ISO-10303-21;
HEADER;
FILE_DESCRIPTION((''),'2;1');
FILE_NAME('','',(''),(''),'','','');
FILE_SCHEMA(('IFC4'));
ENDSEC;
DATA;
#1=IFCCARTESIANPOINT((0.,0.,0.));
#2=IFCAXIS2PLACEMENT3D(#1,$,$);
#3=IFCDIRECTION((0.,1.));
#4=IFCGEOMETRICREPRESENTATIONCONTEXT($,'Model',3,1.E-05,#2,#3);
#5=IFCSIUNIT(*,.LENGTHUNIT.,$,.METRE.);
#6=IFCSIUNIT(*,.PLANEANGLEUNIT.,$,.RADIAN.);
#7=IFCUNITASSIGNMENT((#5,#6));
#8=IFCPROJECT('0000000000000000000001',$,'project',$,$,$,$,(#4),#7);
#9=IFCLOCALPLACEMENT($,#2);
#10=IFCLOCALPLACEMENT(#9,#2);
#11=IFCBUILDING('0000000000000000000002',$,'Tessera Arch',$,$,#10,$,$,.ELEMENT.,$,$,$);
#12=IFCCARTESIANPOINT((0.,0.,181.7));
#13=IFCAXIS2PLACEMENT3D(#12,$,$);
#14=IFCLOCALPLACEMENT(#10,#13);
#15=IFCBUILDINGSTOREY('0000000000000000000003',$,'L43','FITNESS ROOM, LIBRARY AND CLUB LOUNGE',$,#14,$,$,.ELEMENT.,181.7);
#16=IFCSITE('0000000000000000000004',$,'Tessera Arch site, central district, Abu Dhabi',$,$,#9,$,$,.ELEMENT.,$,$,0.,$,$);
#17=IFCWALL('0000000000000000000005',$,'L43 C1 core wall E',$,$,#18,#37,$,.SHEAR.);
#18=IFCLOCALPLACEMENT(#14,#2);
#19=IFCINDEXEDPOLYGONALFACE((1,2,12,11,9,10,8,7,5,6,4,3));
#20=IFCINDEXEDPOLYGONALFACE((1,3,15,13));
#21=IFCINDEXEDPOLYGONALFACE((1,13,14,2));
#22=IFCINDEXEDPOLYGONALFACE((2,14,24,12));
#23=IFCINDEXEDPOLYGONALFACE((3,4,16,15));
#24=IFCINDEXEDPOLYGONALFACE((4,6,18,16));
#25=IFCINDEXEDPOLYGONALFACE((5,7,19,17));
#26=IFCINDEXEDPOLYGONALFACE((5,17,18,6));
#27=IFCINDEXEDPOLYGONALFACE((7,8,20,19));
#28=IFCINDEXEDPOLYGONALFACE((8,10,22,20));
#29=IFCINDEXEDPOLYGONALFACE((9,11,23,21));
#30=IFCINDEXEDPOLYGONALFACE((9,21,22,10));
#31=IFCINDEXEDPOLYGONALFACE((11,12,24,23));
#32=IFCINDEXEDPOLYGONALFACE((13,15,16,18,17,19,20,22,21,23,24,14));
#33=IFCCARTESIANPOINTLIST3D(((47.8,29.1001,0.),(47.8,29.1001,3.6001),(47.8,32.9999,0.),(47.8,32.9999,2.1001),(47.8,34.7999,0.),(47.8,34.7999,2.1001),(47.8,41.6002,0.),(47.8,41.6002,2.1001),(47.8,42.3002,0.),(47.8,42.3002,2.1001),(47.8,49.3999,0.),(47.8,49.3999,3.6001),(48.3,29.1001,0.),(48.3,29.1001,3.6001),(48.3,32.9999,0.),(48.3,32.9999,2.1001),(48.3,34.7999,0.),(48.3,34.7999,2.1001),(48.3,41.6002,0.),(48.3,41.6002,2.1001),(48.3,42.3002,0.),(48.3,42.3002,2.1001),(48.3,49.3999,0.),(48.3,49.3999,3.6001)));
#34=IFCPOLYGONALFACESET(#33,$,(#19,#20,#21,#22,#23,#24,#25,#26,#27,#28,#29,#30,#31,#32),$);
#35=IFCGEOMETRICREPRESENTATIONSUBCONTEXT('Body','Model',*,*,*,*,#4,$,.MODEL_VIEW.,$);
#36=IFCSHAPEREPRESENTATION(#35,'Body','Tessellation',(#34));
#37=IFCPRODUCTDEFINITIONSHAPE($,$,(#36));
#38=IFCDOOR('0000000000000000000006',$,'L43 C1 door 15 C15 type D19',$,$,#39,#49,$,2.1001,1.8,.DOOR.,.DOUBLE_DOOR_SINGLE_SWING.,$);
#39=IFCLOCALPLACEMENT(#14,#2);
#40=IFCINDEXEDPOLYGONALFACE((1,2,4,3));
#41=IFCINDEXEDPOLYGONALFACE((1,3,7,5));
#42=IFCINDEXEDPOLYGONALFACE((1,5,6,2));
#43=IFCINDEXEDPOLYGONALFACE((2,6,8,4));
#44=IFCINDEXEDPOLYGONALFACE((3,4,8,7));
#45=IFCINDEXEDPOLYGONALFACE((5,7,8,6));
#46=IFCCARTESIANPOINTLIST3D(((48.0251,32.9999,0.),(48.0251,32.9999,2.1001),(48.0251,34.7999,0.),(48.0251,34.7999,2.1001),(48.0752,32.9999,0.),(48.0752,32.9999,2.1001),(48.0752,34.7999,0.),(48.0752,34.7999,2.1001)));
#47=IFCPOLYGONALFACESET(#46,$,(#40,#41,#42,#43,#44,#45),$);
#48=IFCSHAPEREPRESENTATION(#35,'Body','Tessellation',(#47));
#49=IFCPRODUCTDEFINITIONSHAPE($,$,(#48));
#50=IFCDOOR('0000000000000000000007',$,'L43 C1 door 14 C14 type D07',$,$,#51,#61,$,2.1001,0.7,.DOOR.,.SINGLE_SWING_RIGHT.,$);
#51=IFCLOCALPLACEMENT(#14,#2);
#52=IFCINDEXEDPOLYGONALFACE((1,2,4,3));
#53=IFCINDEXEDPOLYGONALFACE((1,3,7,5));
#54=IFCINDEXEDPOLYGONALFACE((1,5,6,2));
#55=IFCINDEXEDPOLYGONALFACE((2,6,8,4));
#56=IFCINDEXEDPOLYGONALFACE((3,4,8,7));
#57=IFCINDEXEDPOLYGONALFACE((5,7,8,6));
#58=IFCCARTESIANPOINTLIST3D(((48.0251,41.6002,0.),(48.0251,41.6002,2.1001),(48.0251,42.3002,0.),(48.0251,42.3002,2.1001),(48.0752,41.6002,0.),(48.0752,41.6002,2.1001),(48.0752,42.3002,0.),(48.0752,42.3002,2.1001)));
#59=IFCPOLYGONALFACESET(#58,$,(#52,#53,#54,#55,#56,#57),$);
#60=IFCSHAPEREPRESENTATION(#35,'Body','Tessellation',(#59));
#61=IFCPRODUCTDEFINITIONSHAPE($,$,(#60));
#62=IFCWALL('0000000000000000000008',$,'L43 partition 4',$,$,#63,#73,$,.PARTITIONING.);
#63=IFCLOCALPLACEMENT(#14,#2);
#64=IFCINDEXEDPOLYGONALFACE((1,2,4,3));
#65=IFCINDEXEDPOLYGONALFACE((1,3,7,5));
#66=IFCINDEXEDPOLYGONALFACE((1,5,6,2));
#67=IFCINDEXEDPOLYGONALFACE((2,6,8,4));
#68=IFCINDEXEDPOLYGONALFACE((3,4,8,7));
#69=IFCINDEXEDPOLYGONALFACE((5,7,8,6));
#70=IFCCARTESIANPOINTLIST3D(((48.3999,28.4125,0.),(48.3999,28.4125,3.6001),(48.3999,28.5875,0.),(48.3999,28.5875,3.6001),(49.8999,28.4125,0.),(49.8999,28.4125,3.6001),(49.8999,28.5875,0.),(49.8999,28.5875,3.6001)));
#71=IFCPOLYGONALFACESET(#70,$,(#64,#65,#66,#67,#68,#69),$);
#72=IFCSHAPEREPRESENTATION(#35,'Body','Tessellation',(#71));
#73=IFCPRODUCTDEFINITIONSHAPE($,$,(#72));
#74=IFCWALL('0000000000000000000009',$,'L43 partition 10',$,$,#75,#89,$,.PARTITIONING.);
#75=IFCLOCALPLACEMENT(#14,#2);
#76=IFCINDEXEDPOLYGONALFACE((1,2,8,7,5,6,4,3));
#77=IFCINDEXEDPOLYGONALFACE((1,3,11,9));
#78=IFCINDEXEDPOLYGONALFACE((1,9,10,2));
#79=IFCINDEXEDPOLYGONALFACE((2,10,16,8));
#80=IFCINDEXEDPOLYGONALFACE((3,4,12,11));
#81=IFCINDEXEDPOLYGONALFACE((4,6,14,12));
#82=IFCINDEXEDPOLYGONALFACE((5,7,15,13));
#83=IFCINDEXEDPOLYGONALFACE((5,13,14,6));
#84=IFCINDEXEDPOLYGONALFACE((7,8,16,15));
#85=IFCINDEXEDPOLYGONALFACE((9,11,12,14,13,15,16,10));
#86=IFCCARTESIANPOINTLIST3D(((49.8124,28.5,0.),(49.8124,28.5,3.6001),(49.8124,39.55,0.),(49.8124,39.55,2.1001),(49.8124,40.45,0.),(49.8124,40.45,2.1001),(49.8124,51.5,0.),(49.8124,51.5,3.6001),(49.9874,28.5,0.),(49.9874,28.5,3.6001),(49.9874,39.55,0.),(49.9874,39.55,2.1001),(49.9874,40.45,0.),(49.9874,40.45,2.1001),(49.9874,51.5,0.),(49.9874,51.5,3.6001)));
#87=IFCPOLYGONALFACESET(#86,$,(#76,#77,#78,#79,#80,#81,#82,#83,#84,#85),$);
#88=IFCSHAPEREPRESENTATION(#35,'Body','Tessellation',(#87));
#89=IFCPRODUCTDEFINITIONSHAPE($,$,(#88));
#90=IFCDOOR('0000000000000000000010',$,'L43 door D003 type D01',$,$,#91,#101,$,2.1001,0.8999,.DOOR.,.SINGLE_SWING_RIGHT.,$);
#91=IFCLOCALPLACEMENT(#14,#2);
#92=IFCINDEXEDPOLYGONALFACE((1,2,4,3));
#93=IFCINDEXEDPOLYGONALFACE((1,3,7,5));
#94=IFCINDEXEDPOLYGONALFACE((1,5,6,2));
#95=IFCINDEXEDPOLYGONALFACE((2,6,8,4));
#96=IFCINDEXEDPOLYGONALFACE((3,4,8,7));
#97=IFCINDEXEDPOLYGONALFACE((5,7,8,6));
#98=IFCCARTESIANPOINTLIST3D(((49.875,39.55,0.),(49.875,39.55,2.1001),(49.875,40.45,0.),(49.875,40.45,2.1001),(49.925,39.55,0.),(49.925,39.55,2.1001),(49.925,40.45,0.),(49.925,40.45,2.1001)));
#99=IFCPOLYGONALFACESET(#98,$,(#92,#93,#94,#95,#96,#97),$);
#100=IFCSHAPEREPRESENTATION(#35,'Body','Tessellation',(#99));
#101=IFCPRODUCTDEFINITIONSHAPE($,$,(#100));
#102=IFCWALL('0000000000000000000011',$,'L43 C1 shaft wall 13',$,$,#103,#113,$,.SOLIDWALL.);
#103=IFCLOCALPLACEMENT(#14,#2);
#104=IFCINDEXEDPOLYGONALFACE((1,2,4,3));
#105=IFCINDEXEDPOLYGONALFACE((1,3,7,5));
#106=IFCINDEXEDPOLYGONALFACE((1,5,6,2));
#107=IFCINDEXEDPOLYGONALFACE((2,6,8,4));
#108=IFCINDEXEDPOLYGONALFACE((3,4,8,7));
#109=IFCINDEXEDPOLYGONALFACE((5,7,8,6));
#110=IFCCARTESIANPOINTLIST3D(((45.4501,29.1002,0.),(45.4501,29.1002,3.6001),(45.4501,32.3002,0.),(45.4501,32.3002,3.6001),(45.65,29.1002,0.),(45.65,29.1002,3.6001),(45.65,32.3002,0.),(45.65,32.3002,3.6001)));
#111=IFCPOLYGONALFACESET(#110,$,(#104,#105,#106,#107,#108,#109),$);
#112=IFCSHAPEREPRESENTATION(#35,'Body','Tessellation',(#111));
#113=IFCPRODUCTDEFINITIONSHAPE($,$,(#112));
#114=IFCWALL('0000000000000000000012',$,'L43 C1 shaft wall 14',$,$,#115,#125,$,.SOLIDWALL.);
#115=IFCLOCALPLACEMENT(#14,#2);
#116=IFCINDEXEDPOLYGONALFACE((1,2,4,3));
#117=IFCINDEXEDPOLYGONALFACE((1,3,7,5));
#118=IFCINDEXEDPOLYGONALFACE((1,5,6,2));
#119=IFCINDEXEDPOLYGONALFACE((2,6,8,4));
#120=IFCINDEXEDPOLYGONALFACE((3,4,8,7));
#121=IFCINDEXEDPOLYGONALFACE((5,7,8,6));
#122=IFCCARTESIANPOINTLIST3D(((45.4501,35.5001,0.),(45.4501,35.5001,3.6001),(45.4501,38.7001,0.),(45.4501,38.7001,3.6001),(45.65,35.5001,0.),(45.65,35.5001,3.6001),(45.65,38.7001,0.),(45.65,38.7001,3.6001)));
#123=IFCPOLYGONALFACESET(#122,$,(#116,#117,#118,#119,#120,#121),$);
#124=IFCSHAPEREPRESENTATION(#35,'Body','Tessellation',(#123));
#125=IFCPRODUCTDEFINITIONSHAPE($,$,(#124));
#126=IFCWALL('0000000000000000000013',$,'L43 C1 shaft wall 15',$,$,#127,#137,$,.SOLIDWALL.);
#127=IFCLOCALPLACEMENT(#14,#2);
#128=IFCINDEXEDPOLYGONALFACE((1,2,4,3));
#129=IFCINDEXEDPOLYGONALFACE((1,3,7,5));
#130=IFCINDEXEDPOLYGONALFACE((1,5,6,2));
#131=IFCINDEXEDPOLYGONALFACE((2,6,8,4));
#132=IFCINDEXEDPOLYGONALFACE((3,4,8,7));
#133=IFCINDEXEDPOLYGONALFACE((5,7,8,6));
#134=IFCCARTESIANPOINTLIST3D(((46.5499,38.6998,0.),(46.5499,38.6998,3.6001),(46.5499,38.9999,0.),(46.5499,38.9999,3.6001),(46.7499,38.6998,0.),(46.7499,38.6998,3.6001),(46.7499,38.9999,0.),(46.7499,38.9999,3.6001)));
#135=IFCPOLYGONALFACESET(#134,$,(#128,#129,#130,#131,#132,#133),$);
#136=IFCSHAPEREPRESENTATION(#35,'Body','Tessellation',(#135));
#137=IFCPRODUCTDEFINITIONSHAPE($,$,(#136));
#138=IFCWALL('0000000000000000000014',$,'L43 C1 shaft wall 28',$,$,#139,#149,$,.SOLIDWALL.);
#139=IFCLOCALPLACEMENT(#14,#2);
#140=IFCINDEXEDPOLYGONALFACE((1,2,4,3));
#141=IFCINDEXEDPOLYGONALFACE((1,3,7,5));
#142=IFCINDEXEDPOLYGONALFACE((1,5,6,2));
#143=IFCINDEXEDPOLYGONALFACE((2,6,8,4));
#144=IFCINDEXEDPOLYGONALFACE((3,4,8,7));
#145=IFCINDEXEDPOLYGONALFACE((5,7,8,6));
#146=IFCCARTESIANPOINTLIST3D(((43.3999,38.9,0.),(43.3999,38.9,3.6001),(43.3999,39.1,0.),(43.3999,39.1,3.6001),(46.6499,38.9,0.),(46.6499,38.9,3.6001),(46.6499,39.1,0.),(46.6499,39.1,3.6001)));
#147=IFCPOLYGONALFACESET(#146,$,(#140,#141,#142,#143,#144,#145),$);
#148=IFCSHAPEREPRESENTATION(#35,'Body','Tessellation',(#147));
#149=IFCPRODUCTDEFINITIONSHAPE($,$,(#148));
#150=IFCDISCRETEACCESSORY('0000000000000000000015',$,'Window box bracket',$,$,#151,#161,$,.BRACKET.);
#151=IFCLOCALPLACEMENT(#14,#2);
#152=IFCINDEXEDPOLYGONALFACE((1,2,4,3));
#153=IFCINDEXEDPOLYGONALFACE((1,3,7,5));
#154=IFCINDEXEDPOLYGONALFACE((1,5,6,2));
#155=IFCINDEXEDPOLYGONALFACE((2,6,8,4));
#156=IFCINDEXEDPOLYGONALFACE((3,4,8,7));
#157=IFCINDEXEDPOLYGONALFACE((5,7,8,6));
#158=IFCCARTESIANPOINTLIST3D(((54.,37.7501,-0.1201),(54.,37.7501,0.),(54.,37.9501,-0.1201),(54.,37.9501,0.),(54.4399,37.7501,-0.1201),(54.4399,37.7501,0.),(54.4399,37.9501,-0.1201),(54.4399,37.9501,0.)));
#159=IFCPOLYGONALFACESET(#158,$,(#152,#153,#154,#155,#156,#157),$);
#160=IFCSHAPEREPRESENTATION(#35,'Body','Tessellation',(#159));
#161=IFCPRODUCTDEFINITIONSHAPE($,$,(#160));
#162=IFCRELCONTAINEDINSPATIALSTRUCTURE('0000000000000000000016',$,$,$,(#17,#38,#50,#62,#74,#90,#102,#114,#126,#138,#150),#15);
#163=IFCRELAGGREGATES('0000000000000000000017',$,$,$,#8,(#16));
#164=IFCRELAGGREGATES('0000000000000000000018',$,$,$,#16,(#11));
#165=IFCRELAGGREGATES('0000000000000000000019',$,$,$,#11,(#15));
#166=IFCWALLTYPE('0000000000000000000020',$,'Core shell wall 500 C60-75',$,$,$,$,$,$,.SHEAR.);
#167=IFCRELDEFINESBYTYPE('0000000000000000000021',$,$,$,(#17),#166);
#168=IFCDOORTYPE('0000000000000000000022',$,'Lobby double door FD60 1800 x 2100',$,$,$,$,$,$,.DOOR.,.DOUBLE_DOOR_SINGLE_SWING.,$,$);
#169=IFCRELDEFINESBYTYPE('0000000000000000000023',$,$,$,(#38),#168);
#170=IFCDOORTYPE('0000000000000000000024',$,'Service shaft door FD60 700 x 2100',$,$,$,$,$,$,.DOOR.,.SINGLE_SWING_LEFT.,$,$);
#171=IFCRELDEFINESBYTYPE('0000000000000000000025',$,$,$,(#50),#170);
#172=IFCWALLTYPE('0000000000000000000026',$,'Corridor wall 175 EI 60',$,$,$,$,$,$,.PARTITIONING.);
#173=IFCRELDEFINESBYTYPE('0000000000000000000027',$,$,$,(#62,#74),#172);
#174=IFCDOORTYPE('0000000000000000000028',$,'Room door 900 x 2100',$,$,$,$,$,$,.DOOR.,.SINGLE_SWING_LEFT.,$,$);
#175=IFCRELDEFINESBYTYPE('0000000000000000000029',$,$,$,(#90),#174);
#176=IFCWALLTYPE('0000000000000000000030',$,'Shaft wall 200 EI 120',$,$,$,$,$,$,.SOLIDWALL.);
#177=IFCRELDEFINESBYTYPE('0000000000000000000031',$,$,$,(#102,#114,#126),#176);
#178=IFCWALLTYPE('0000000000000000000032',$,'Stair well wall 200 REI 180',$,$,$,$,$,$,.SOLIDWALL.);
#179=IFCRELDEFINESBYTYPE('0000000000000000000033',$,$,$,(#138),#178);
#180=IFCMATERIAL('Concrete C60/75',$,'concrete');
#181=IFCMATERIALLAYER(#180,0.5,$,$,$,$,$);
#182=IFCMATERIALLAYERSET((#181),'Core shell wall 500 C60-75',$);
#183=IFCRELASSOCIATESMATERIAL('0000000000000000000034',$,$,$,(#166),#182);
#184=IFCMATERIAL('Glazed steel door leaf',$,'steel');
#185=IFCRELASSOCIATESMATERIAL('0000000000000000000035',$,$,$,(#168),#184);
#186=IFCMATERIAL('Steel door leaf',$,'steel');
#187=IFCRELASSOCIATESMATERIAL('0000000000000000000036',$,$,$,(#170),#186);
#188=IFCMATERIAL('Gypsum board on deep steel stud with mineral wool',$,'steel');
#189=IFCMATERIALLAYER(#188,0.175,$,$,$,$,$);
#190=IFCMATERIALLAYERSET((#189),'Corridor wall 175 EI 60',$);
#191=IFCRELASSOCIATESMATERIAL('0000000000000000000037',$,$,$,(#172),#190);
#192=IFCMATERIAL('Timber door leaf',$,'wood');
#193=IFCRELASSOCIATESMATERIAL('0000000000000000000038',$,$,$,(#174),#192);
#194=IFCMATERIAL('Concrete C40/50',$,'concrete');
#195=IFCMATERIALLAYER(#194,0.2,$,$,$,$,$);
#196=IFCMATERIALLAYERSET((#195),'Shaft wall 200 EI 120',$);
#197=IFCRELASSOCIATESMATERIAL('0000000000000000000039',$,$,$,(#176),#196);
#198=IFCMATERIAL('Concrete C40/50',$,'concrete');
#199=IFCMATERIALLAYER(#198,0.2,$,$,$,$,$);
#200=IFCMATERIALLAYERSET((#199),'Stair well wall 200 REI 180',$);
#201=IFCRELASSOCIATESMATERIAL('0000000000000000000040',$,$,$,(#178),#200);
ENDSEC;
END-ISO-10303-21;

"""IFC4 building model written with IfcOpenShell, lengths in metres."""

from ifc_helpers import new_model, si_unit, direction, frame, frame_2d, origin, origin_2d, place, context, subcontext, project, spatial, rectangle, extrude, material, layer, layer_set, type_object, element, fill, save


model = new_model("IFC4")

# Units and contexts
model_context = context("Model", 3, precision=1e-05, world=origin(), true_north=direction((0.0, 1.0)))
body_context = subcontext(model_context, "Body", "Model", "MODEL_VIEW")
ifc_project = project(units=[si_unit("LENGTHUNIT", "METRE"), si_unit("PLANEANGLEUNIT", "RADIAN")], contexts=[model_context])

# Site, building, storey
site_placement = place(None, origin())
site = spatial("IfcSite", under=ifc_project, at=site_placement, Name="Tessera Arch site, central district, Abu Dhabi", CompositionType="ELEMENT", RefElevation=0.0)
building_placement = place(site_placement, origin())
building = spatial("IfcBuilding", under=site, at=building_placement, Name="Tessera Arch", CompositionType="ELEMENT")
storey_placement = place(building_placement, frame((0.0, 0.0, 181.7)))
storey = spatial("IfcBuildingStorey", under=building, at=storey_placement, Name="L43", Description="FITNESS ROOM, LIBRARY AND CLUB LOUNGE", CompositionType="ELEMENT", Elevation=181.7)

# Wall, openings, doors
ifc_material_1 = material(Name="Concrete C60/75", Category="concrete")
ifc_layer_1 = layer(ifc_material_1, 0.5)
ifc_layer_set_1 = layer_set([ifc_layer_1], Name="Core shell wall 500 C60-75")
wall_type_1 = type_object("IfcWallType", Name="Core shell wall 500 C60-75", PredefinedType="SHEAR", material=ifc_layer_set_1)
wall_1_placement = place(storey_placement, frame((48.05, 29.1001, 0.0), z_axis=(0.0, 0.0, 1.0), x_axis=(0.0, 1.0, 0.0)))
wall_1 = element("IfcWall", 1, at=wall_1_placement, inside=storey, type_object=wall_type_1, Name="L43 C1 core wall E", PredefinedType="SHEAR", context=body_context, shape_type="SweptSolid", body=[
    extrude(rectangle(XDim=20.2998, YDim=0.5, at=frame_2d((10.1499, 0.0))), origin(), (0.0, 0.0, 1.0), 3.6001),
])
opening_1_placement = place(wall_1_placement, frame((12.5, 0.0, 0.0)))
opening_1 = element("IfcOpeningElement", 2, at=opening_1_placement, cuts=wall_1, PredefinedType="OPENING", context=body_context, shape_type="SweptSolid", body=[
    extrude(rectangle(XDim=0.7, YDim=2.1001, at=frame_2d((0.3501, 1.05))), frame((0.0, 0.26, 0.0), z_axis=(0.0, -1.0, 0.0), x_axis=(1.0, 0.0, 0.0)), (0.0, 0.0, 1.0), 0.52),
])
opening_2_placement = place(wall_1_placement, frame((3.8999, 0.0, 0.0)))
opening_2 = element("IfcOpeningElement", 3, at=opening_2_placement, cuts=wall_1, PredefinedType="OPENING", context=body_context, shape_type="SweptSolid", body=[
    extrude(rectangle(XDim=1.8, YDim=2.1001, at=frame_2d((0.8999, 1.05))), frame((0.0, 0.26, 0.0), z_axis=(0.0, -1.0, 0.0), x_axis=(1.0, 0.0, 0.0)), (0.0, 0.0, 1.0), 0.52),
])
ifc_material_2 = material(Name="Glazed steel door leaf", Category="steel")
door_type_1 = type_object("IfcDoorType", Name="Lobby double door FD60 1800 x 2100", OperationType="DOUBLE_DOOR_SINGLE_SWING", PredefinedType="DOOR", material=ifc_material_2)
door_1_placement = place(opening_2_placement, origin())
door_1 = element("IfcDoor", 4, at=door_1_placement, inside=storey, type_object=door_type_1, Name="L43 C1 door 15 C15 type D19", OperationType="DOUBLE_DOOR_SINGLE_SWING", OverallHeight=2.1001, OverallWidth=1.8, PredefinedType="DOOR", context=body_context, shape_type="SweptSolid", body=[
    extrude(rectangle(XDim=1.8, YDim=2.1001, at=frame_2d((0.8999, 1.05))), frame((0.0, 0.0249, 0.0), z_axis=(0.0, -1.0, 0.0), x_axis=(1.0, 0.0, 0.0)), (0.0, 0.0, 1.0), 0.05),
])
fill(opening_2, door_1)
ifc_material_3 = material(Name="Steel door leaf", Category="steel")
door_type_2 = type_object("IfcDoorType", Name="Service shaft door FD60 700 x 2100", OperationType="SINGLE_SWING_LEFT", PredefinedType="DOOR", material=ifc_material_3)
door_2_placement = place(opening_1_placement, origin())
door_2 = element("IfcDoor", 5, at=door_2_placement, inside=storey, type_object=door_type_2, Name="L43 C1 door 14 C14 type D07", OperationType="SINGLE_SWING_RIGHT", OverallHeight=2.1001, OverallWidth=0.7, PredefinedType="DOOR", context=body_context, shape_type="SweptSolid", body=[
    extrude(rectangle(XDim=0.7, YDim=2.1001, at=frame_2d((0.3501, 1.05))), frame((0.0, 0.0249, 0.0), z_axis=(0.0, -1.0, 0.0), x_axis=(1.0, 0.0, 0.0)), (0.0, 0.0, 1.0), 0.05),
])
fill(opening_1, door_2)

# Wall
ifc_material_4 = material(Name="Gypsum board on deep steel stud with mineral wool", Category="steel")
ifc_layer_2 = layer(ifc_material_4, 0.175)
ifc_layer_set_2 = layer_set([ifc_layer_2], Name="Corridor wall 175 EI 60")
wall_type_2 = type_object("IfcWallType", Name="Corridor wall 175 EI 60", PredefinedType="PARTITIONING", material=ifc_layer_set_2)
wall_2_placement = place(storey_placement, frame((48.3999, 28.5, 0.0), z_axis=(0.0, 0.0, 1.0), x_axis=(1.0, 0.0, 0.0)))
element("IfcWall", 6, at=wall_2_placement, inside=storey, type_object=wall_type_2, Name="L43 partition 4", PredefinedType="PARTITIONING", context=body_context, shape_type="SweptSolid", body=[
    extrude(rectangle(XDim=1.5, YDim=0.175, at=frame_2d((0.75, 0.0))), origin(), (0.0, 0.0, 1.0), 3.6001),
])

# Wall, opening, door
wall_3_placement = place(storey_placement, frame((49.8999, 28.5, 0.0), z_axis=(0.0, 0.0, 1.0), x_axis=(0.0, 1.0, 0.0)))
wall_3 = element("IfcWall", 7, at=wall_3_placement, inside=storey, type_object=wall_type_2, Name="L43 partition 10", PredefinedType="PARTITIONING", context=body_context, shape_type="SweptSolid", body=[
    extrude(rectangle(XDim=23.0, YDim=0.175, at=frame_2d((11.5, 0.0))), origin(), (0.0, 0.0, 1.0), 3.6001),
])
opening_3_placement = place(wall_3_placement, frame((11.05, 0.0, 0.0)))
opening_3 = element("IfcOpeningElement", 8, at=opening_3_placement, cuts=wall_3, PredefinedType="OPENING", context=body_context, shape_type="SweptSolid", body=[
    extrude(rectangle(XDim=0.8999, YDim=2.1001, at=frame_2d((0.45, 1.05))), frame((0.0, 0.0974, 0.0), z_axis=(0.0, -1.0, 0.0), x_axis=(1.0, 0.0, 0.0)), (0.0, 0.0, 1.0), 0.1951),
])
ifc_material_5 = material(Name="Timber door leaf", Category="wood")
door_type_3 = type_object("IfcDoorType", Name="Room door 900 x 2100", OperationType="SINGLE_SWING_LEFT", PredefinedType="DOOR", material=ifc_material_5)
door_3_placement = place(opening_3_placement, origin())
door_3 = element("IfcDoor", 9, at=door_3_placement, inside=storey, type_object=door_type_3, Name="L43 door D003 type D01", OperationType="SINGLE_SWING_RIGHT", OverallHeight=2.1001, OverallWidth=0.8999, PredefinedType="DOOR", context=body_context, shape_type="SweptSolid", body=[
    extrude(rectangle(XDim=0.8999, YDim=2.1001, at=frame_2d((0.45, 1.05))), frame((0.0, 0.0249, 0.0), z_axis=(0.0, -1.0, 0.0), x_axis=(1.0, 0.0, 0.0)), (0.0, 0.0, 1.0), 0.05),
])
fill(opening_3, door_3)

# Walls
ifc_material_6 = material(Name="Concrete C40/50", Category="concrete")
ifc_layer_3 = layer(ifc_material_6, 0.2)
ifc_layer_set_3 = layer_set([ifc_layer_3], Name="Shaft wall 200 EI 120")
wall_type_3 = type_object("IfcWallType", Name="Shaft wall 200 EI 120", PredefinedType="SOLIDWALL", material=ifc_layer_set_3)
for number, where, z_axis, x_axis, name in (
    (10, (45.55, 29.1001, 0.0), (0.0, 0.0, 1.0), (0.0, 1.0, 0.0), "L43 C1 shaft wall 13"),
    (11, (45.55, 35.5, 0.0), (0.0, 0.0, 1.0), (0.0, 1.0, 0.0), "L43 C1 shaft wall 14"),
):
    element("IfcWall", number, at=place(storey_placement, frame(where, z_axis=z_axis, x_axis=x_axis)), inside=storey, type_object=wall_type_3, Name=name, PredefinedType="SOLIDWALL", context=body_context, shape_type="SweptSolid", body=[
        extrude(rectangle(XDim=3.2, YDim=0.2, at=frame_2d((1.6001, 0.0))), origin(), (0.0, 0.0, 1.0), 3.6001),
    ])
wall_4_placement = place(storey_placement, frame((46.6499, 38.7, 0.0), z_axis=(0.0, 0.0, 1.0), x_axis=(0.0, 1.0, 0.0)))
element("IfcWall", 12, at=wall_4_placement, inside=storey, type_object=wall_type_3, Name="L43 C1 shaft wall 15", PredefinedType="SOLIDWALL", context=body_context, shape_type="SweptSolid", body=[
    extrude(rectangle(XDim=0.3, YDim=0.2, at=frame_2d((0.1499, 0.0))), origin(), (0.0, 0.0, 1.0), 3.6001),
])
ifc_material_7 = material(Name="Concrete C40/50", Category="concrete")
ifc_layer_4 = layer(ifc_material_7, 0.2)
ifc_layer_set_4 = layer_set([ifc_layer_4], Name="Stair well wall 200 REI 180")
wall_type_4 = type_object("IfcWallType", Name="Stair well wall 200 REI 180", PredefinedType="SOLIDWALL", material=ifc_layer_set_4)
wall_5_placement = place(storey_placement, frame((43.3999, 39.0, 0.0), z_axis=(0.0, 0.0, 1.0), x_axis=(1.0, 0.0, 0.0)))
element("IfcWall", 13, at=wall_5_placement, inside=storey, type_object=wall_type_4, Name="L43 C1 shaft wall 28", PredefinedType="SOLIDWALL", context=body_context, shape_type="SweptSolid", body=[
    extrude(rectangle(XDim=3.25, YDim=0.2, at=frame_2d((1.625, 0.0))), origin(), (0.0, 0.0, 1.0), 3.6001),
])

# Discrete accessory
discrete_accessory_placement = place(storey_placement, frame((54.22, 37.8501, -0.1201), z_axis=(0.0, 0.0, 1.0), x_axis=(1.0, 0.0, 0.0)))
element("IfcDiscreteAccessory", 14, at=discrete_accessory_placement, inside=storey, Name="Window box bracket", PredefinedType="BRACKET", context=body_context, shape_type="SweptSolid", body=[
    extrude(rectangle(XDim=0.4399, YDim=0.2, at=origin_2d()), origin(), (0.0, 0.0, 1.0), 0.1201),
])

save(model, "model.ifc")
